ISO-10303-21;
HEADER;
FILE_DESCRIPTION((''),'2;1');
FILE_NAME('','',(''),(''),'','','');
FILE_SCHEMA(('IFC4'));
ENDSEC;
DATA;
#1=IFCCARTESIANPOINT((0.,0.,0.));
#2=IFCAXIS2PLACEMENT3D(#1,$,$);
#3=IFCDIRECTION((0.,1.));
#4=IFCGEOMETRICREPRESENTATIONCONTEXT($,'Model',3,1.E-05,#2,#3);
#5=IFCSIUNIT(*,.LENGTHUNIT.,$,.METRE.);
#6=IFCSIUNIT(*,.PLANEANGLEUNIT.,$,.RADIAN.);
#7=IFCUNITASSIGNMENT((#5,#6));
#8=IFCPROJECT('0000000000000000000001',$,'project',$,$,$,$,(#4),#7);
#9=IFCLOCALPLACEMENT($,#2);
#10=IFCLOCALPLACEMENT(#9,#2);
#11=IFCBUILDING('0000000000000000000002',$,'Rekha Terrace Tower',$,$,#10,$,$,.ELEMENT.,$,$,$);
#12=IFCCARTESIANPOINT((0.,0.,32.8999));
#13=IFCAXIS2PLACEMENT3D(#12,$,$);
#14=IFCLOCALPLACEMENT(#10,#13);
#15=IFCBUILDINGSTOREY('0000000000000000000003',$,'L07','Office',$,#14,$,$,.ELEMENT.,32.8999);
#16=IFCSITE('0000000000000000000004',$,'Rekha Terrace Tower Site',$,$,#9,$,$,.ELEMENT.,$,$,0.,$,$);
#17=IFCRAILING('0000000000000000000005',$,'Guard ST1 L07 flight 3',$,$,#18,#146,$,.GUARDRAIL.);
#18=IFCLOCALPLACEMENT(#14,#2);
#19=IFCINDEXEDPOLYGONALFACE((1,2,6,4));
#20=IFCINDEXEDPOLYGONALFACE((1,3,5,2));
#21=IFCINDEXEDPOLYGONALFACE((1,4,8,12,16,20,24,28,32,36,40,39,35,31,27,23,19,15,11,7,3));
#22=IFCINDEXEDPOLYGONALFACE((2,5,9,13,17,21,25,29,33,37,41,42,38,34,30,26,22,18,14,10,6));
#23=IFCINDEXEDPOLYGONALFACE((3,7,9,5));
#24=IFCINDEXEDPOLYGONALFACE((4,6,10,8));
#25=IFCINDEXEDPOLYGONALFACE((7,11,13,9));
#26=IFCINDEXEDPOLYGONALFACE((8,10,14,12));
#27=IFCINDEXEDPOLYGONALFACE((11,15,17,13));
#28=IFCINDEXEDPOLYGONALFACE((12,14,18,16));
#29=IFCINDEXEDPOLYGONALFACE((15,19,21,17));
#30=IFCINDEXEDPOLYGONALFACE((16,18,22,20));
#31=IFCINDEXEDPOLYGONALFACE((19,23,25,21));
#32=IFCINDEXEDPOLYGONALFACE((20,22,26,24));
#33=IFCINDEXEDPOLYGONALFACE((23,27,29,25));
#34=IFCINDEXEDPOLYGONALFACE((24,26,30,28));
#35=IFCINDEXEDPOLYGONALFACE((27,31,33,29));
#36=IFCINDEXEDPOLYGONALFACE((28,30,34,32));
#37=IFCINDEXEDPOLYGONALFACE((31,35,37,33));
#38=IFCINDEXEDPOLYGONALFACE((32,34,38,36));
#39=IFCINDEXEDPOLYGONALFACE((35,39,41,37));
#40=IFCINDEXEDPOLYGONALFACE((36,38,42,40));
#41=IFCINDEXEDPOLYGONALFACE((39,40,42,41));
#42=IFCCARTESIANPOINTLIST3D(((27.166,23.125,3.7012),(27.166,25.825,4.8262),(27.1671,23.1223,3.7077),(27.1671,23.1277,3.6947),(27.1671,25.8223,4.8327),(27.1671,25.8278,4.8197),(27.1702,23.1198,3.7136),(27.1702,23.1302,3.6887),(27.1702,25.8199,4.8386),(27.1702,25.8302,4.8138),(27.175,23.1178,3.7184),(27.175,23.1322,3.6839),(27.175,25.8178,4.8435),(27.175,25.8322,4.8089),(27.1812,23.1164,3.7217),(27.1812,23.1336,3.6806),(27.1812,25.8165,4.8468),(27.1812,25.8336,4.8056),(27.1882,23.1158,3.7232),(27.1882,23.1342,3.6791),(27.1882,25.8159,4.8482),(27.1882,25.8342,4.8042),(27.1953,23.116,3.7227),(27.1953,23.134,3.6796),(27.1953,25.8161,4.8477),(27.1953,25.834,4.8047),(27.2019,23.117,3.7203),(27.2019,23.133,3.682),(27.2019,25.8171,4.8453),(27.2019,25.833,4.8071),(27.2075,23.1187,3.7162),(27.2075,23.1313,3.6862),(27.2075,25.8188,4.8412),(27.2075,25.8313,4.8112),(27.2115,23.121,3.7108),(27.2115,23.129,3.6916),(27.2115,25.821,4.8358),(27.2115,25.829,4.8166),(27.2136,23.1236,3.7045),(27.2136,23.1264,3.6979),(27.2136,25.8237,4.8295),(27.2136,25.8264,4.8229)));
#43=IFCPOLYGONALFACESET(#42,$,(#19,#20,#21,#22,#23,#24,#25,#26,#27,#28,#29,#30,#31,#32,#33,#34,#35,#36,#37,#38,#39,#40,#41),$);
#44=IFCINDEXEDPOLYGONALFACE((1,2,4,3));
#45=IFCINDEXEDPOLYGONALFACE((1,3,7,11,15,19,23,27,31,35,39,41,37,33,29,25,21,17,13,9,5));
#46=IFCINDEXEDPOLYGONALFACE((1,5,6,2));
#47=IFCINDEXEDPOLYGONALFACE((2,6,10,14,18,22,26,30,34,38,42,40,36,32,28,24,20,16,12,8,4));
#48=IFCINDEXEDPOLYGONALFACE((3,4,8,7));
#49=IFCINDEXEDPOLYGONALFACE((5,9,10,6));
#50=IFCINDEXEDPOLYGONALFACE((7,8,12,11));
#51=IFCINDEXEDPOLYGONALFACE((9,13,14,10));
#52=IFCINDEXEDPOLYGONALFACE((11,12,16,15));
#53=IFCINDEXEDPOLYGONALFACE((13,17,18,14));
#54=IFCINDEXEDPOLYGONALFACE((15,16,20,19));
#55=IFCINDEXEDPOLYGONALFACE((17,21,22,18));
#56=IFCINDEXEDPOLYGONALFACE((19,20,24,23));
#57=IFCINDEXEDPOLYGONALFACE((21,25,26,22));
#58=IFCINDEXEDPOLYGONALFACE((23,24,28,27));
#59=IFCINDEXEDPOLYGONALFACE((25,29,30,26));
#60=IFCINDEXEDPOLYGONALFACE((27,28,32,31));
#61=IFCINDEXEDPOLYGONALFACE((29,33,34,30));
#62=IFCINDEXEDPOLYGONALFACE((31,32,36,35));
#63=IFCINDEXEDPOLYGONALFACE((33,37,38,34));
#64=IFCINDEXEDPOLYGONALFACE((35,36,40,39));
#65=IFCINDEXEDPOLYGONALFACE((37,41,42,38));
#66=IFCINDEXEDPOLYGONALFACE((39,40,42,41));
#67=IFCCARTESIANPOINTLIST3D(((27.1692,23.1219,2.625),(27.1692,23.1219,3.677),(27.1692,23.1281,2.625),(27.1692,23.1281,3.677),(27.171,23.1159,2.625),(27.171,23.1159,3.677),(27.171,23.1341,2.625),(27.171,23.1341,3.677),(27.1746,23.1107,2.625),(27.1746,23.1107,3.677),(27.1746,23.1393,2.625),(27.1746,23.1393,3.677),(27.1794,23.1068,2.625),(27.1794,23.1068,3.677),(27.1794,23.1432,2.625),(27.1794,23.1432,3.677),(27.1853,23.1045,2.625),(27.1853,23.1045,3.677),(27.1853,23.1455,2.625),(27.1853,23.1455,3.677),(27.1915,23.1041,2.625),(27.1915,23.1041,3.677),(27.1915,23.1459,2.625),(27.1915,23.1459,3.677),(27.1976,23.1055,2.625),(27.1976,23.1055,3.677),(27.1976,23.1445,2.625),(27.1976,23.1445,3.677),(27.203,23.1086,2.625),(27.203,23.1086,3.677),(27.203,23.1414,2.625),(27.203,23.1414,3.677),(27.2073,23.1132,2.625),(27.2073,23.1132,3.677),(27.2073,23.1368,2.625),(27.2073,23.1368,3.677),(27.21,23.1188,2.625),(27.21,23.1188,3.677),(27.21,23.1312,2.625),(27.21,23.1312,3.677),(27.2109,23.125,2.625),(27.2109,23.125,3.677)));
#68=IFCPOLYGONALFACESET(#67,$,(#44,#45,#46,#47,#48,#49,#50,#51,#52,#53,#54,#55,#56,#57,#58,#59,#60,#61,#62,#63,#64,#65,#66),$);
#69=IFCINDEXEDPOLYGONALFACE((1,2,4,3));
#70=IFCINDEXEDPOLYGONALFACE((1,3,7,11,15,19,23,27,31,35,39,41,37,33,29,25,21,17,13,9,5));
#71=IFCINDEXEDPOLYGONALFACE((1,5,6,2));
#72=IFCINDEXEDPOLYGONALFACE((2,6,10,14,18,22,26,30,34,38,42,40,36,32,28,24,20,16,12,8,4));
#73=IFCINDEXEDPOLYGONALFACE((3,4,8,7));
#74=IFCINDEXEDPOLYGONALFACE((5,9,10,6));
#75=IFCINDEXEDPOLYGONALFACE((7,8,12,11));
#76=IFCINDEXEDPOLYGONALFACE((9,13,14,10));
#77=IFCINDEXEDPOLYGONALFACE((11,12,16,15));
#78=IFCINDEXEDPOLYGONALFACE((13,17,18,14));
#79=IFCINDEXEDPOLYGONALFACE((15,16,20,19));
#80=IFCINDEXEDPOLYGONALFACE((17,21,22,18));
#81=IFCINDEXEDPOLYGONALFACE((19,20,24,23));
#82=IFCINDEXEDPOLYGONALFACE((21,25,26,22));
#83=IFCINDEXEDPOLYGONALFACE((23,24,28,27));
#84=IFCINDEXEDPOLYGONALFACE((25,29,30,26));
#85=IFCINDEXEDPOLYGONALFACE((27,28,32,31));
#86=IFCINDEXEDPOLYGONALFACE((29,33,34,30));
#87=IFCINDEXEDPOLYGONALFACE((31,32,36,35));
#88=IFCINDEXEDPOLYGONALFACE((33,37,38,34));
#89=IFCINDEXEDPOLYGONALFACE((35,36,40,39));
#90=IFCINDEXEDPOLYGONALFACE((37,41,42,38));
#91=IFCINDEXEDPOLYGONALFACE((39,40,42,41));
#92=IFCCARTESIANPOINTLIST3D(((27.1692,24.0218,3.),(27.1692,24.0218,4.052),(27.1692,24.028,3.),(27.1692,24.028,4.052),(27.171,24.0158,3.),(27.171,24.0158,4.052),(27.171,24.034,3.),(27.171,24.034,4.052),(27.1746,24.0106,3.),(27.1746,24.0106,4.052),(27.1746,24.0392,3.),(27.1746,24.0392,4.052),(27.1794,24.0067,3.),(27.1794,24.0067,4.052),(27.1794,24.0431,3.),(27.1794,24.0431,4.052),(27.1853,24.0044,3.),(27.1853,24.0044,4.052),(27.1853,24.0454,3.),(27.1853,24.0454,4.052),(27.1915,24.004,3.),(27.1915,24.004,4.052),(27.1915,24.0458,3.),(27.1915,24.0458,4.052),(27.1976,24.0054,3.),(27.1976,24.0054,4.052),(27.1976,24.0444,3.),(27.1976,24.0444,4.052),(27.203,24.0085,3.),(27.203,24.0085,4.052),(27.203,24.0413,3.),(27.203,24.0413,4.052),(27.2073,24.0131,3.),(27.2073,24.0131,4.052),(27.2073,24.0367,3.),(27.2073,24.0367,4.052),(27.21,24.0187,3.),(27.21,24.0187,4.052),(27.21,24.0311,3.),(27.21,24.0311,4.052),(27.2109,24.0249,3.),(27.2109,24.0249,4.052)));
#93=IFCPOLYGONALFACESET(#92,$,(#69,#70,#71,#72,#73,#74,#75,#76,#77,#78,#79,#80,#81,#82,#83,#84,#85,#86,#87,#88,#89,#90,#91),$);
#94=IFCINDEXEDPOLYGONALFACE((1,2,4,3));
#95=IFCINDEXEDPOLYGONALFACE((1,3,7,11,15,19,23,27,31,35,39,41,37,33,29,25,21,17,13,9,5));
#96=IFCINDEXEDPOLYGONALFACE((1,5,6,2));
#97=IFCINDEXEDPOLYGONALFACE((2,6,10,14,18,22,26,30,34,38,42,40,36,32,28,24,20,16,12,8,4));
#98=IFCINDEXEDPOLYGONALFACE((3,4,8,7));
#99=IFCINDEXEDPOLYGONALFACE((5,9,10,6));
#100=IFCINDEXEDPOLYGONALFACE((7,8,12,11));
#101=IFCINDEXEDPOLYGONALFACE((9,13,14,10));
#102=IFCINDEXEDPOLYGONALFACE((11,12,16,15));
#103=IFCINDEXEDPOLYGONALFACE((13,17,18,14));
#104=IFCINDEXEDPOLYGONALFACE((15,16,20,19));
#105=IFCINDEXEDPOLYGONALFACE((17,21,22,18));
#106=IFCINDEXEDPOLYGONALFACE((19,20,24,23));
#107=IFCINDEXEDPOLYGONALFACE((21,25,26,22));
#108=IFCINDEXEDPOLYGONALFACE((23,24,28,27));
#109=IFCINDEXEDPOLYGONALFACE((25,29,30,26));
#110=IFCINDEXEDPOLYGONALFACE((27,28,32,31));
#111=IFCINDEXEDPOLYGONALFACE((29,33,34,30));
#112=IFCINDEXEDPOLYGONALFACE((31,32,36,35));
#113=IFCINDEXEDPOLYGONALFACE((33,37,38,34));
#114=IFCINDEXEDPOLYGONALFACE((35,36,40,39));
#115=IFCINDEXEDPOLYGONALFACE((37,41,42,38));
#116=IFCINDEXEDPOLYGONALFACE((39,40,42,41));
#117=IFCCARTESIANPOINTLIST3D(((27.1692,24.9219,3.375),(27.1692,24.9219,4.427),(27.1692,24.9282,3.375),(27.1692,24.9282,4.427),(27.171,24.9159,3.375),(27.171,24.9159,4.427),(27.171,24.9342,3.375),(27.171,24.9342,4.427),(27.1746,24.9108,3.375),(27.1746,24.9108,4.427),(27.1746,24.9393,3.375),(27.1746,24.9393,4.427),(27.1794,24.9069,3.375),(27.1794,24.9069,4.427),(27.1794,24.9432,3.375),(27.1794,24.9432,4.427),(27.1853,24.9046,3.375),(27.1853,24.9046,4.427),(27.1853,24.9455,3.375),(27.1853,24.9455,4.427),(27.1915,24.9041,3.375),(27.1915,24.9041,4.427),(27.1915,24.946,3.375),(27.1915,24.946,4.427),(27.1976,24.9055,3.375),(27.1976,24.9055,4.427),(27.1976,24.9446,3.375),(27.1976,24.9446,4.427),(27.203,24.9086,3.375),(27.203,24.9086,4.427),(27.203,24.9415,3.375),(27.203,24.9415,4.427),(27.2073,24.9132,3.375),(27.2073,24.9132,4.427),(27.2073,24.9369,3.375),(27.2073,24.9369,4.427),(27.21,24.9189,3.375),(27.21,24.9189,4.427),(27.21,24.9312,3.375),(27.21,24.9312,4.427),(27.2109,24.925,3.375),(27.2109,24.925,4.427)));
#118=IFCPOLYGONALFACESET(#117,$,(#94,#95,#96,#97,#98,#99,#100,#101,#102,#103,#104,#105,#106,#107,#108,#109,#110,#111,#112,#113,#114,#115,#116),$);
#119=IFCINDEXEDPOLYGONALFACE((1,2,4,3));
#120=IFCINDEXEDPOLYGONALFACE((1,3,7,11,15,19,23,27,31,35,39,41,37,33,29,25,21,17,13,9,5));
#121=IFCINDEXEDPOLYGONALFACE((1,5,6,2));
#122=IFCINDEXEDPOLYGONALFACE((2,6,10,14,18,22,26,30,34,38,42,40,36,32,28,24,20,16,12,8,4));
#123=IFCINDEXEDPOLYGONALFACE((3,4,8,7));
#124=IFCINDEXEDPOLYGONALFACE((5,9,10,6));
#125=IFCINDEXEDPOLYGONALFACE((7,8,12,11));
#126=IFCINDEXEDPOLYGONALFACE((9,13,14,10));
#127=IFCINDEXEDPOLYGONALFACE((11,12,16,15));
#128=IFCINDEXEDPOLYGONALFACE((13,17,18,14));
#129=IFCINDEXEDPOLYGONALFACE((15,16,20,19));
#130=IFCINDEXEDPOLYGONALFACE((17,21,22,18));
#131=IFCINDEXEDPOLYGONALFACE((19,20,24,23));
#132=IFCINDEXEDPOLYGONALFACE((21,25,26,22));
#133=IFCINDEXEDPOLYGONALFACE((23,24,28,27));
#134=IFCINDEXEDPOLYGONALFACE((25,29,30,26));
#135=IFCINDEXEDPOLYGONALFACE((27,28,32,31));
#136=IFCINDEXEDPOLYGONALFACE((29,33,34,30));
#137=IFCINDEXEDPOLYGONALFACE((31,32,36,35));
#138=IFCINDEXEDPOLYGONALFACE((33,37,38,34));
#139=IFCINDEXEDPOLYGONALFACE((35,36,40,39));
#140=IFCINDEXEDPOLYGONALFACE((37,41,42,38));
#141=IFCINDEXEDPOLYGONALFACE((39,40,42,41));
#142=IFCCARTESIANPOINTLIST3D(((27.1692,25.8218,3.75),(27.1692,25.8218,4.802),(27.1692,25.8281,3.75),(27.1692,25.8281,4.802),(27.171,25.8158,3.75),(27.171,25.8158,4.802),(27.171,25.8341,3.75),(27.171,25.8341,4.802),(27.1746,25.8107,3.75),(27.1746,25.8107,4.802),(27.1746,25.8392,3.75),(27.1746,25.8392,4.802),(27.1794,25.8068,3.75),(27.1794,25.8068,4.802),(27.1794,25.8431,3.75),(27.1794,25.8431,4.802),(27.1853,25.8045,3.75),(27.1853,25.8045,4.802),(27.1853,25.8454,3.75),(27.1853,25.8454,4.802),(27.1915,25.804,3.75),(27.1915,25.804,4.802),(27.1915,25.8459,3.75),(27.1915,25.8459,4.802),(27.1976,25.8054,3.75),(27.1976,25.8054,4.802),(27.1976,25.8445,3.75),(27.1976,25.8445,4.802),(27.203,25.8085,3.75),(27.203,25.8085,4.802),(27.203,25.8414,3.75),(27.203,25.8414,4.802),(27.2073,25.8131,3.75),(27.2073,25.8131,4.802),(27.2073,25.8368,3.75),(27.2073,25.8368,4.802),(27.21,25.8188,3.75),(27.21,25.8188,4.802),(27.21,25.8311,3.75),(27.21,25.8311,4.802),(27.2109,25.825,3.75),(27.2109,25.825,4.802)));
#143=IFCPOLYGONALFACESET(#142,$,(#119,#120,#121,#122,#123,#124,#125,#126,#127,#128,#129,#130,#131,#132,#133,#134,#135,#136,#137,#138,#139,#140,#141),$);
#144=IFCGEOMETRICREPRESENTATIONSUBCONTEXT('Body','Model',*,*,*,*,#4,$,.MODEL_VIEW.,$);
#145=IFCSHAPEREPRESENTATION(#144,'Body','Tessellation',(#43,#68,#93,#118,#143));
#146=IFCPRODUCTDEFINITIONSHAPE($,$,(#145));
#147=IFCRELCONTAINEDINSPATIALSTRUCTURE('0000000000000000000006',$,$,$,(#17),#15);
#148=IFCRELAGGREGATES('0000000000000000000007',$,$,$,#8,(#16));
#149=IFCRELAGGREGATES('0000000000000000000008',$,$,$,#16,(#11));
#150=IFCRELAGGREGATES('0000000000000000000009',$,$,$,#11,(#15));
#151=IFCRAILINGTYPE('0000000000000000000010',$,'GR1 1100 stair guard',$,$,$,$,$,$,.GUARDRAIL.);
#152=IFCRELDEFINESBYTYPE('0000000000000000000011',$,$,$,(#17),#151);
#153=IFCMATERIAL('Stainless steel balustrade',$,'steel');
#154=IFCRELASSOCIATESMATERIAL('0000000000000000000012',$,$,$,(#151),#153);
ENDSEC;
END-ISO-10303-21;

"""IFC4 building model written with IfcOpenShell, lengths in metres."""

from ifc_helpers import new_model, si_unit, direction, frame, origin, origin_2d, place, context, subcontext, project, spatial, circle, extrude, material, type_object, element, save


model = new_model("IFC4")

# Units and contexts
model_context = context("Model", 3, precision=1e-05, world=origin(), true_north=direction((0.0, 1.0)))
body_context = subcontext(model_context, "Body", "Model", "MODEL_VIEW")
ifc_project = project(units=[si_unit("LENGTHUNIT", "METRE"), si_unit("PLANEANGLEUNIT", "RADIAN")], contexts=[model_context])

# Site, building, storey
site_placement = place(None, origin())
site = spatial("IfcSite", under=ifc_project, at=site_placement, Name="Rekha Terrace Tower Site", CompositionType="ELEMENT", RefElevation=0.0)
building_placement = place(site_placement, origin())
building = spatial("IfcBuilding", under=site, at=building_placement, Name="Rekha Terrace Tower", CompositionType="ELEMENT")
storey_placement = place(building_placement, frame((0.0, 0.0, 32.8999)))
storey = spatial("IfcBuildingStorey", under=building, at=storey_placement, Name="L07", Description="Office", CompositionType="ELEMENT", Elevation=32.8999)

# Railing
ifc_material_1 = material(Name="Stainless steel balustrade", Category="steel")
railing_type_1 = type_object("IfcRailingType", Name="GR1 1100 stair guard", PredefinedType="GUARDRAIL", material=ifc_material_1)
railing_1_placement = place(storey_placement, frame((27.1899, 23.125, 2.625)))
element("IfcRailing", 1, at=railing_1_placement, inside=storey, type_object=railing_type_1, Name="Guard ST1 L07 flight 3", PredefinedType="GUARDRAIL", context=body_context, shape_type="SweptSolid", body=[
    extrude(circle(Radius=0.0239, at=origin_2d()), frame((0.0, 0.0, 1.0762), z_axis=(0.0, 0.923074, 0.384621), x_axis=(-1.0, 0.0, 0.0)), (0.0, 0.0, 1.0), 2.925),
    extrude(circle(Radius=0.021, at=origin_2d()), origin(), (0.0, 0.0, 1.0), 1.052),
    extrude(circle(Radius=0.021, at=origin_2d()), frame((0.0, 0.8999, 0.375)), (0.0, 0.0, 1.0), 1.052),
    extrude(circle(Radius=0.021, at=origin_2d()), frame((0.0, 1.8, 0.75)), (0.0, 0.0, 1.0), 1.052),
    extrude(circle(Radius=0.021, at=origin_2d()), frame((0.0, 2.7, 1.125)), (0.0, 0.0, 1.0), 1.052),
])

save(model, "model.ifc")
